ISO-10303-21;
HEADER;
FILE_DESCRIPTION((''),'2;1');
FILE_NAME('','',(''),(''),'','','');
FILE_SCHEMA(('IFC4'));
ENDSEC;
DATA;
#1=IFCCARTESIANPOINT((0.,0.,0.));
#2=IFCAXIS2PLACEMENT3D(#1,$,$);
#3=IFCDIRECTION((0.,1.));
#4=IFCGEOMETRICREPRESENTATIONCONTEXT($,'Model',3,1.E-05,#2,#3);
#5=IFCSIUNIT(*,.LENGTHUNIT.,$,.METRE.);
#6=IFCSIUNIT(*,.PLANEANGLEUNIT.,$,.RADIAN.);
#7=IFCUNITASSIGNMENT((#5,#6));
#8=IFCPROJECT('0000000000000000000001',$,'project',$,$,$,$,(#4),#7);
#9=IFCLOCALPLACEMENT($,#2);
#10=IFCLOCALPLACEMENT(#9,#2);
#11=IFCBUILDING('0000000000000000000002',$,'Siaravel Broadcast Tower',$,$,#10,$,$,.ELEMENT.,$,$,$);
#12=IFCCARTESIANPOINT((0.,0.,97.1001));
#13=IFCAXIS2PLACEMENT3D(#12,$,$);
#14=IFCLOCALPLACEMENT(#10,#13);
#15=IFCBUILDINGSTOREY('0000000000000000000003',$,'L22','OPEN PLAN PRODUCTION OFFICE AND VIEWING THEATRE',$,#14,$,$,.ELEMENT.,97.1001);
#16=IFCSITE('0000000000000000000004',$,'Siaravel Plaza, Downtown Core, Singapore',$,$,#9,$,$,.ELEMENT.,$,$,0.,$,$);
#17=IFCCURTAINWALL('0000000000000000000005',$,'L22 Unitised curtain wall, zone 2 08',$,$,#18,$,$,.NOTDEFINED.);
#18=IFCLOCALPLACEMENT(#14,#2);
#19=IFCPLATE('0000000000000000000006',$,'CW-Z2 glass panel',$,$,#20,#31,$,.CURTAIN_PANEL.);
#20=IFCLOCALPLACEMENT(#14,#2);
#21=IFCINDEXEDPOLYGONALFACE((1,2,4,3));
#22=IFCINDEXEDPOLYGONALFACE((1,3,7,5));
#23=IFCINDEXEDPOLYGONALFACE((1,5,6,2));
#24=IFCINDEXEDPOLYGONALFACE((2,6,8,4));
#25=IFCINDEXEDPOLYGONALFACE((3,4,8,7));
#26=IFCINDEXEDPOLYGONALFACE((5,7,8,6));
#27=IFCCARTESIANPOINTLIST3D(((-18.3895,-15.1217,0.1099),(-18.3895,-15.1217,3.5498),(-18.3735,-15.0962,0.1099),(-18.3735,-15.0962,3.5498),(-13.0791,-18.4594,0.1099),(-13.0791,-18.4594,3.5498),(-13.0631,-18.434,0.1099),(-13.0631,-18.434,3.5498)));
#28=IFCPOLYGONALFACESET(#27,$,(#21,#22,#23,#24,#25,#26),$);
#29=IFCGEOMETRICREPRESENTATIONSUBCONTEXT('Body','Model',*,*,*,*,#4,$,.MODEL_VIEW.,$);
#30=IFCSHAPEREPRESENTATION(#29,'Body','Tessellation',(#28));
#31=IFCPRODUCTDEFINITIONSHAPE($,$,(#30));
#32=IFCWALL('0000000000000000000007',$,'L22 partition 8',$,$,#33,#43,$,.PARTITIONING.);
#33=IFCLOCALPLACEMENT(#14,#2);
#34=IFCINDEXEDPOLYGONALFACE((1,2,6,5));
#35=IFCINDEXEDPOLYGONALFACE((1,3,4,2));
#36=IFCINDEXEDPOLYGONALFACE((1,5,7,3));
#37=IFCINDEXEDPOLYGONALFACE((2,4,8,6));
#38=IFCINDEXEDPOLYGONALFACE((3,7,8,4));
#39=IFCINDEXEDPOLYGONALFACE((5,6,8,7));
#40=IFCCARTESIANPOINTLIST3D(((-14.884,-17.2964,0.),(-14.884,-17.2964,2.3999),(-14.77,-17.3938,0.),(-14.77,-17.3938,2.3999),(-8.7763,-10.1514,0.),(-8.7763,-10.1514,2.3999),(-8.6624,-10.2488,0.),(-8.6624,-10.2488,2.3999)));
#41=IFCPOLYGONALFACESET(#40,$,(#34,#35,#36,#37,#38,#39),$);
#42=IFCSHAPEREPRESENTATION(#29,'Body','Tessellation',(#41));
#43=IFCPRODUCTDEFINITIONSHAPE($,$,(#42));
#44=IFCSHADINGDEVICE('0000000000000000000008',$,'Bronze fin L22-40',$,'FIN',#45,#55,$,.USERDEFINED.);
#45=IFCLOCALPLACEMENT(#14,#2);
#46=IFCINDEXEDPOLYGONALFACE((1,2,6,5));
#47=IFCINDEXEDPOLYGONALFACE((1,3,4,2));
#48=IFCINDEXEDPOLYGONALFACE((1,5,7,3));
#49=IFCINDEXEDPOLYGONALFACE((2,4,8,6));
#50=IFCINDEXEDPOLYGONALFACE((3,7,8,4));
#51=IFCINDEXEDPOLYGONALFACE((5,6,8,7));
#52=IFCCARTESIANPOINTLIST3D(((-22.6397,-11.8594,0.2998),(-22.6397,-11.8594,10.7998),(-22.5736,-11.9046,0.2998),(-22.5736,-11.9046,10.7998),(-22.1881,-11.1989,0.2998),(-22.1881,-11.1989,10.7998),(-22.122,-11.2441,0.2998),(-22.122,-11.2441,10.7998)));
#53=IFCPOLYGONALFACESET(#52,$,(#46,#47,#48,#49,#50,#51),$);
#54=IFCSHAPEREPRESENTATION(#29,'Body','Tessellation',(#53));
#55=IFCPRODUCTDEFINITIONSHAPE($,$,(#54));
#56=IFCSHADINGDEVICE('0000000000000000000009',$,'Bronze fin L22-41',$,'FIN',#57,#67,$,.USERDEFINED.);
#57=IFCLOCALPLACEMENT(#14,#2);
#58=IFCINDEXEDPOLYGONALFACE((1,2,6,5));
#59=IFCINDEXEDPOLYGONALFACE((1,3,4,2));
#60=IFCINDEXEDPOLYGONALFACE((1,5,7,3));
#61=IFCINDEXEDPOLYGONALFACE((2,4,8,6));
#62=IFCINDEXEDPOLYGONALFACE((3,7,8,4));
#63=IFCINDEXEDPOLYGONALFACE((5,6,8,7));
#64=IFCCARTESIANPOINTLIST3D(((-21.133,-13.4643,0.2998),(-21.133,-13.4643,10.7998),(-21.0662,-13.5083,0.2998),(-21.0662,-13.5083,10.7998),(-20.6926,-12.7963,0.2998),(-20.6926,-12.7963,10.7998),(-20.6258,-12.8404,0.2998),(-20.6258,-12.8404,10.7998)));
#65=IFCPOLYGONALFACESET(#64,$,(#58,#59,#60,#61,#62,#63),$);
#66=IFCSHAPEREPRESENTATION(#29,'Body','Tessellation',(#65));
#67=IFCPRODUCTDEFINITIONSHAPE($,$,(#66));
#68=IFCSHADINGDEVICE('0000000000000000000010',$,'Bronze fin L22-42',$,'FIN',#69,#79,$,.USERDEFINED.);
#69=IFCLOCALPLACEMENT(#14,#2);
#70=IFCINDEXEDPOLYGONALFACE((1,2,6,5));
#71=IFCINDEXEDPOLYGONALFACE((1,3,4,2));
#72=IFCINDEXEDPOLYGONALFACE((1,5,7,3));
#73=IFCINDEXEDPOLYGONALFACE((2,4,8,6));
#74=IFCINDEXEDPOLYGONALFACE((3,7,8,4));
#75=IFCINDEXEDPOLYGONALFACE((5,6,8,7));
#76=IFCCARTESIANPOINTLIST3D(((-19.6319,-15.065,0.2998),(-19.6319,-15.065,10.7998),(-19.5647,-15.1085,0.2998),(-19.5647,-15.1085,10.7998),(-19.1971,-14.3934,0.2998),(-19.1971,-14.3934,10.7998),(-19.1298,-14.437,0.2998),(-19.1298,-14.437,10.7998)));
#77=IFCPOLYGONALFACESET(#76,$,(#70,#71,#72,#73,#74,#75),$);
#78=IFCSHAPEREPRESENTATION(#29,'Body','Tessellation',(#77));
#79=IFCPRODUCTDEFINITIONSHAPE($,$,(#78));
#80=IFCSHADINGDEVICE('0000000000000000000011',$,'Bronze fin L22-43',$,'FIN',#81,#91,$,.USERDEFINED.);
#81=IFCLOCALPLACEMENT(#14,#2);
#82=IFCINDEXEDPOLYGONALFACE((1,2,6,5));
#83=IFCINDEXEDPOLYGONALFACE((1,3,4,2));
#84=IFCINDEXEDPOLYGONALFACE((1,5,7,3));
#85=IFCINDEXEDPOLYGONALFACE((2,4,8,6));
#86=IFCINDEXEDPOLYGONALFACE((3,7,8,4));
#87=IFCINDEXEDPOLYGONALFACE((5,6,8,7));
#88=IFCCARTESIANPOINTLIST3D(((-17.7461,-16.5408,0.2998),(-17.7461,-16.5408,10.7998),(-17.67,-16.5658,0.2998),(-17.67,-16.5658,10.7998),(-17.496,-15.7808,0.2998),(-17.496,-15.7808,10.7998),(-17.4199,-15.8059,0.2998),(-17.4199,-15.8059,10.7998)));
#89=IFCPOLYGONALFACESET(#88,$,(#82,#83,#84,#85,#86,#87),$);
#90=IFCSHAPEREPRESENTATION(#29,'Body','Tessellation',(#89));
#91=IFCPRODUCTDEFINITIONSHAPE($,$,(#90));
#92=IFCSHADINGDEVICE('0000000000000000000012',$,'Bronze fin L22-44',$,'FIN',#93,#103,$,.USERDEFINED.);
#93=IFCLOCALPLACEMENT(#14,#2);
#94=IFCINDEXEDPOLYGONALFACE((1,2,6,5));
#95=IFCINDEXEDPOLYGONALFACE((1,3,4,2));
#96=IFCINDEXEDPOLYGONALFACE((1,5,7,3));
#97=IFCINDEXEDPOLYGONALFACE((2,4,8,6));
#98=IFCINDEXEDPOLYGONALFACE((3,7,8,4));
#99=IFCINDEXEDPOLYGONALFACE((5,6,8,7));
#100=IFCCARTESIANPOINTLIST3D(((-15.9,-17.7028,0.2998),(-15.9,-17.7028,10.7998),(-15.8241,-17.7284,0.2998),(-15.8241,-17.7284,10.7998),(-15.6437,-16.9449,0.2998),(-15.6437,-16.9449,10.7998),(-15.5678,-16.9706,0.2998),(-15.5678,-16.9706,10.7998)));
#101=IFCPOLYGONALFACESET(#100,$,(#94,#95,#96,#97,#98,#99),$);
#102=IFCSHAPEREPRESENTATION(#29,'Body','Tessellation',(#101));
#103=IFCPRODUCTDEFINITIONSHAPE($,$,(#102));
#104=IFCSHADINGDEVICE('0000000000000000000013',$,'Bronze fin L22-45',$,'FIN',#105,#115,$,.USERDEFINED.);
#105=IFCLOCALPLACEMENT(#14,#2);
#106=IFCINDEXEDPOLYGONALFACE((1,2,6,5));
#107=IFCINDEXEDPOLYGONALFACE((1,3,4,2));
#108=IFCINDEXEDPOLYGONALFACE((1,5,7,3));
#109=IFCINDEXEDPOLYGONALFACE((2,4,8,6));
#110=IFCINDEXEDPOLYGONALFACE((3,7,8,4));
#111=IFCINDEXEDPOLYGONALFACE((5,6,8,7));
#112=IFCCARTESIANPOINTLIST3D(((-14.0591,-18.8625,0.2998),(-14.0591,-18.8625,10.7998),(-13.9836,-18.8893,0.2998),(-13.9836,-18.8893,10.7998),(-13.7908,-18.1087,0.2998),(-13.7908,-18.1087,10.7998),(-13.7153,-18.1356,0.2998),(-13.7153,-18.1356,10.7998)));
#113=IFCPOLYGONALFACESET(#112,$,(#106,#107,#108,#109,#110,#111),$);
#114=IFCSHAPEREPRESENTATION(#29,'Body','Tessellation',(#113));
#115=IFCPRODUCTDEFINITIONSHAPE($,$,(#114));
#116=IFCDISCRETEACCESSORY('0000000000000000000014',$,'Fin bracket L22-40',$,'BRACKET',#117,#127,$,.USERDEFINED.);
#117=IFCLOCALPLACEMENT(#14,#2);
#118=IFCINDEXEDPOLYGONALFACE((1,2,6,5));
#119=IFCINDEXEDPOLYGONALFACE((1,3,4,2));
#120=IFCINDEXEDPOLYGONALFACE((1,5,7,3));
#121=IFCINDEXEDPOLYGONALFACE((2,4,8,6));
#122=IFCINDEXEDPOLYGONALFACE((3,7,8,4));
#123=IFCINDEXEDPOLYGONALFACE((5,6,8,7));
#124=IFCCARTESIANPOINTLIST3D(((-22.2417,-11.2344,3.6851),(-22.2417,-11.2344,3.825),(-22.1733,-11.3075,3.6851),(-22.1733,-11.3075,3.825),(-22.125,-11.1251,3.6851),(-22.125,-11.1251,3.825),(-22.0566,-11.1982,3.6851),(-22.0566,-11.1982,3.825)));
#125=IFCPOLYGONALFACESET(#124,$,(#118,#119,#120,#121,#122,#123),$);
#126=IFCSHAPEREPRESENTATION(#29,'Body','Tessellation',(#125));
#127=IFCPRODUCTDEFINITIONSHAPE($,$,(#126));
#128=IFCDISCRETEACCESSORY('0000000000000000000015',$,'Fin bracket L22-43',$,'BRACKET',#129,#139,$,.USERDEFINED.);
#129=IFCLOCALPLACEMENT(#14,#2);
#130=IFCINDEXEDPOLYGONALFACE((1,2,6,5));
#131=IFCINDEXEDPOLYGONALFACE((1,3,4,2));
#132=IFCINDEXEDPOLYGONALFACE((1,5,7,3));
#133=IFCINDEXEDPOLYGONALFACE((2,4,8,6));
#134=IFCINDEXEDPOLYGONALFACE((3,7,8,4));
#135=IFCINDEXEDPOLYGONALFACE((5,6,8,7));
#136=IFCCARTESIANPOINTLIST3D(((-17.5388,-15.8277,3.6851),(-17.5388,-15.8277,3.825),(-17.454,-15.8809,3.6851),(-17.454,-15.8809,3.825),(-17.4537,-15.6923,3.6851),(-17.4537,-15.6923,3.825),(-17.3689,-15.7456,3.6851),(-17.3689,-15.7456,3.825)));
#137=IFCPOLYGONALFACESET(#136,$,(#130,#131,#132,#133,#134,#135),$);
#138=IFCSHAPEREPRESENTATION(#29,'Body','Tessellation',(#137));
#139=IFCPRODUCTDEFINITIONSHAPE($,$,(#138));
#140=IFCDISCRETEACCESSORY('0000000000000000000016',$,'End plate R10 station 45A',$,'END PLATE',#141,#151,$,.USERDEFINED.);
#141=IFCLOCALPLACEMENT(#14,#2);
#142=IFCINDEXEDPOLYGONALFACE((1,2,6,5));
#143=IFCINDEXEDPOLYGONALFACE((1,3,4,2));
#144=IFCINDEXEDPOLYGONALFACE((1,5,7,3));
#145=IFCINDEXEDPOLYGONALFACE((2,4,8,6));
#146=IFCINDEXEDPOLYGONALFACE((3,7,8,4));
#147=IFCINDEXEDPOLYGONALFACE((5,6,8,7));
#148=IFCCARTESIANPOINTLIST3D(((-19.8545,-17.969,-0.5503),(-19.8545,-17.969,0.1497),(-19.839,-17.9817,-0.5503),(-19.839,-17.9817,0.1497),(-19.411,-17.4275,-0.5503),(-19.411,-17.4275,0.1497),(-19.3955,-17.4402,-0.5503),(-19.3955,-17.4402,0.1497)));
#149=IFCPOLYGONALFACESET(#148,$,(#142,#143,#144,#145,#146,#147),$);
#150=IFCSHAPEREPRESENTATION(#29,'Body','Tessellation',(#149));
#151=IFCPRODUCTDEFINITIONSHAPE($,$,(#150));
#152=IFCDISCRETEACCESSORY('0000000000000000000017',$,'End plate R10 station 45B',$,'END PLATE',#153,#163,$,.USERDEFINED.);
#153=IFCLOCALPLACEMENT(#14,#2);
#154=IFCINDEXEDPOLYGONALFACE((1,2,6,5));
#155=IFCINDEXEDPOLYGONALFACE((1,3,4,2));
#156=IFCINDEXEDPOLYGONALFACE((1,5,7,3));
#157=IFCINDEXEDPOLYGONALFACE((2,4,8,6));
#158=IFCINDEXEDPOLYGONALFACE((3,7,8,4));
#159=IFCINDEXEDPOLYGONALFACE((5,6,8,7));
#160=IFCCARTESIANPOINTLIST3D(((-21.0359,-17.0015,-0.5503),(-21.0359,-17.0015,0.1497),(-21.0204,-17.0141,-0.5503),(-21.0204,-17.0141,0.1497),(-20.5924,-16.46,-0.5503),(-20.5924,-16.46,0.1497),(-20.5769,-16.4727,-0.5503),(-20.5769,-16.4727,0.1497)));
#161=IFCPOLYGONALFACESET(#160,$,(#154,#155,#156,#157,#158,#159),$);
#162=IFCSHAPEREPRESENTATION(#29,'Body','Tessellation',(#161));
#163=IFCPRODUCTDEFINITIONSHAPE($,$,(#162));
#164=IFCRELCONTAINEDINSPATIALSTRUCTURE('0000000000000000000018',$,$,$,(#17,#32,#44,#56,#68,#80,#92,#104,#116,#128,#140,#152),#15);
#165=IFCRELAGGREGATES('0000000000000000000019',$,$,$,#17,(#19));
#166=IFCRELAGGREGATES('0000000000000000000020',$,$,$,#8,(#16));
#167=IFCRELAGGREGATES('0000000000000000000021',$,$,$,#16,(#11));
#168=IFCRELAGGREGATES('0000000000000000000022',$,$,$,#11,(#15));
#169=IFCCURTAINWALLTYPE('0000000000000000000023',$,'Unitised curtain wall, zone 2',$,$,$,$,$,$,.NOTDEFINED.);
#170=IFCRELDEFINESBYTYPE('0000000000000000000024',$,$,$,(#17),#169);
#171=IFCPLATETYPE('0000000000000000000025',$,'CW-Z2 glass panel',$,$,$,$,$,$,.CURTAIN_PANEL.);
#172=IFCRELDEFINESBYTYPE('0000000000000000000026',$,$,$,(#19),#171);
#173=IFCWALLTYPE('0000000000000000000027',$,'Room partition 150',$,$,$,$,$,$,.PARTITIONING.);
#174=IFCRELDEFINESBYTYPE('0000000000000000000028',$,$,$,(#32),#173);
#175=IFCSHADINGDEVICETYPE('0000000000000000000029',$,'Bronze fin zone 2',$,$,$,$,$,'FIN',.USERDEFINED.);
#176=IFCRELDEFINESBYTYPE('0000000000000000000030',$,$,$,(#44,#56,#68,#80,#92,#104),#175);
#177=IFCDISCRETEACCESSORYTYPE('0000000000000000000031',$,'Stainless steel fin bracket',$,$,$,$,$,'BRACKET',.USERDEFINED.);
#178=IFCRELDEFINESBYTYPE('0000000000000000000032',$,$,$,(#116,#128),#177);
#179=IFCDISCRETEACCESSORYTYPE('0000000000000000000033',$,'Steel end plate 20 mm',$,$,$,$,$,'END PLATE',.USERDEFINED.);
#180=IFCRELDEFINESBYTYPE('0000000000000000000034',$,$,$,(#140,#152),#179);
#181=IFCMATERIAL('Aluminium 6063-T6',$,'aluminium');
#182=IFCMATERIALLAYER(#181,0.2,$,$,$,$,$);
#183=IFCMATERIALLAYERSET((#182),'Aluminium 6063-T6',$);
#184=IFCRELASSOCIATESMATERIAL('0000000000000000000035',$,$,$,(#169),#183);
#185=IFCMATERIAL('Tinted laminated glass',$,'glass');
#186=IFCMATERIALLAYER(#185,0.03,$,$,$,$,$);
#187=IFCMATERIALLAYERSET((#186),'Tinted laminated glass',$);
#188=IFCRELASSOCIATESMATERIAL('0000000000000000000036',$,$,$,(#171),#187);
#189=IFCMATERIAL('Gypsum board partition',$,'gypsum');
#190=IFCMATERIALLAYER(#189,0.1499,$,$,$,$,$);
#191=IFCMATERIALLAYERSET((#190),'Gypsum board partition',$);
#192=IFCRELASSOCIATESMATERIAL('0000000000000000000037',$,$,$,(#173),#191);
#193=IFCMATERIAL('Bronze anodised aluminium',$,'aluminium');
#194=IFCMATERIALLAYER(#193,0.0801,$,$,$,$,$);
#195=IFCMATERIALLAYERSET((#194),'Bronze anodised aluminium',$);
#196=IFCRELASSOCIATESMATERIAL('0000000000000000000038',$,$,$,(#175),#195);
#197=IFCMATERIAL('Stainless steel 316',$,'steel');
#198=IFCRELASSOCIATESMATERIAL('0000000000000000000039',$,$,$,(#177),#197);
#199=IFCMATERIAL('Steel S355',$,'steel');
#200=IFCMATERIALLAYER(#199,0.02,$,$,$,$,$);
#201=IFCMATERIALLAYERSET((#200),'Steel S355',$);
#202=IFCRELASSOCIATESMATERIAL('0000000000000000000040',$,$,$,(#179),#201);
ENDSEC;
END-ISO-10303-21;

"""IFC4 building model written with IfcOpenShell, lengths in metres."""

from ifc_helpers import new_model, si_unit, direction, frame, frame_2d, origin, origin_2d, place, context, subcontext, project, spatial, rectangle, extrude, material, layer, layer_set, type_object, element, aggregate, save


model = new_model("IFC4")

# Units and contexts
model_context = context("Model", 3, precision=1e-05, world=origin(), true_north=direction((0.0, 1.0)))
body_context = subcontext(model_context, "Body", "Model", "MODEL_VIEW")
ifc_project = project(units=[si_unit("LENGTHUNIT", "METRE"), si_unit("PLANEANGLEUNIT", "RADIAN")], contexts=[model_context])

# Site, building, storey
site_placement = place(None, origin())
site = spatial("IfcSite", under=ifc_project, at=site_placement, Name="Siaravel Plaza, Downtown Core, Singapore", CompositionType="ELEMENT", RefElevation=0.0)
building_placement = place(site_placement, origin())
building = spatial("IfcBuilding", under=site, at=building_placement, Name="Siaravel Broadcast Tower", CompositionType="ELEMENT")
storey_placement = place(building_placement, frame((0.0, 0.0, 97.1001)))
storey = spatial("IfcBuildingStorey", under=building, at=storey_placement, Name="L22", Description="OPEN PLAN PRODUCTION OFFICE AND VIEWING THEATRE", CompositionType="ELEMENT", Elevation=97.1001)

# Shared definitions
ifc_material_1 = material(Name="Steel S355", Category="steel")

# Shared definitions
ifc_material_2 = material(Name="Aluminium 6063-T6", Category="aluminium")
ifc_layer_1 = layer(ifc_material_2, 0.2)
ifc_layer_set_1 = layer_set([ifc_layer_1], Name="Aluminium 6063-T6")
curtain_wall_type = type_object("IfcCurtainWallType", Name="Unitised curtain wall, zone 2", PredefinedType="NOTDEFINED", material=ifc_layer_set_1)

# Curtain wall
curtain_wall_1_placement = place(storey_placement, origin())
curtain_wall_1 = element("IfcCurtainWall", 1, at=curtain_wall_1_placement, inside=storey, type_object=curtain_wall_type, Name="L22 Unitised curtain wall, zone 2 08", PredefinedType="NOTDEFINED")

# Plate
ifc_material_3 = material(Name="Tinted laminated glass", Category="glass")
ifc_layer_2 = layer(ifc_material_3, 0.03)
ifc_layer_set_2 = layer_set([ifc_layer_2], Name="Tinted laminated glass")
plate_type = type_object("IfcPlateType", Name="CW-Z2 glass panel", PredefinedType="CURTAIN_PANEL", material=ifc_layer_set_2)
plate_1_placement = place(storey_placement, frame((-15.7263, -16.7778, 0.1099), z_axis=(0.0, 0.0, 1.0), x_axis=(0.846651, -0.532149, 0.0)))
plate_1 = element("IfcPlate", 2, at=plate_1_placement, type_object=plate_type, Name="CW-Z2 glass panel", PredefinedType="CURTAIN_PANEL", context=body_context, shape_type="SweptSolid", body=[
    extrude(rectangle(XDim=6.2722, YDim=0.03, at=origin_2d()), origin(), (0.0, 0.0, 1.0), 3.4399),
])
aggregate(curtain_wall_1, [plate_1])

# Wall
ifc_material_4 = material(Name="Gypsum board partition", Category="gypsum")
ifc_layer_3 = layer(ifc_material_4, 0.1499)
ifc_layer_set_3 = layer_set([ifc_layer_3], Name="Gypsum board partition")
wall_type = type_object("IfcWallType", Name="Room partition 150", PredefinedType="PARTITIONING", material=ifc_layer_set_3)
wall_placement = place(storey_placement, frame((-14.8269, -17.345, 0.0), z_axis=(0.0, 0.0, 1.0), x_axis=(0.64977, 0.76013, 0.0)))
element("IfcWall", 3, at=wall_placement, inside=storey, type_object=wall_type, Name="L22 partition 8", PredefinedType="PARTITIONING", context=body_context, shape_type="SweptSolid", body=[
    extrude(rectangle(XDim=9.3997, YDim=0.1499, at=frame_2d((4.6997, 0.0))), origin(), (0.0, 0.0, 1.0), 2.3999),
])

# Shading devices
ifc_material_5 = material(Name="Bronze anodised aluminium", Category="aluminium")
ifc_layer_4 = layer(ifc_material_5, 0.0801)
ifc_layer_set_4 = layer_set([ifc_layer_4], Name="Bronze anodised aluminium")
shading_device_type = type_object("IfcShadingDeviceType", Name="Bronze fin zone 2", ElementType="FIN", PredefinedType="USERDEFINED", material=ifc_layer_set_4)
for number, where, z_axis, x_axis, name in (
    (4, (-22.3809, -11.5518, 0.2998), (0.0, 0.0, 1.0), (-0.564376, -0.825518, 0.0), "Bronze fin L22-40"),
    (5, (-20.8794, -13.1523, 0.2998), (0.0, 0.0, 1.0), (-0.550466, -0.834857, 0.0), "Bronze fin L22-41"),
    (6, (-19.3809, -14.751, 0.2998), (0.0, 0.0, 1.0), (-0.543492, -0.839414, 0.0), "Bronze fin L22-42"),
    (7, (-17.583, -16.1733, 0.2998), (0.0, 0.0, 1.0), (-0.312613, -0.94988, 0.0), "Bronze fin L22-43"),
    (8, (-15.7339, -17.3367, 0.2998), (0.0, 0.0, 1.0), (-0.320393, -0.947285, 0.0), "Bronze fin L22-44"),
    (9, (-13.8872, -18.499, 0.2998), (0.0, 0.0, 1.0), (-0.335327, -0.942102, 0.0), "Bronze fin L22-45"),
):
    element("IfcShadingDevice", number, at=place(storey_placement, frame(where, z_axis=z_axis, x_axis=x_axis)), inside=storey, type_object=shading_device_type, Name=name, ObjectType="FIN", PredefinedType="USERDEFINED", context=body_context, shape_type="SweptSolid", body=[
        extrude(rectangle(XDim=0.8, YDim=0.0801, at=origin_2d()), origin(), (0.0, 0.0, 1.0), 10.5),
    ])

# Discrete accessories
ifc_material_6 = material(Name="Stainless steel 316", Category="steel")
discrete_accessory_type_1 = type_object("IfcDiscreteAccessoryType", Name="Stainless steel fin bracket", ElementType="BRACKET", PredefinedType="USERDEFINED", material=ifc_material_6)
for number, where, z_axis, x_axis, name in (
    (10, (-22.1492, -11.2163, 3.6851), (0.0, 0.0, 1.0), (-0.729804, -0.683656, 0.0), "Fin bracket L22-40"),
    (11, (-17.4539, -15.7866, 3.6851), (0.0, 0.0, 1.0), (-0.532149, -0.84665, 0.0), "Fin bracket L22-43"),
):
    element("IfcDiscreteAccessory", number, at=place(storey_placement, frame(where, z_axis=z_axis, x_axis=x_axis)), inside=storey, type_object=discrete_accessory_type_1, Name=name, ObjectType="BRACKET", PredefinedType="USERDEFINED", context=body_context, shape_type="SweptSolid", body=[
        extrude(rectangle(XDim=0.1599, YDim=0.1001, at=origin_2d()), origin(), (0.0, 0.0, 1.0), 0.1399),
    ])
ifc_layer_5 = layer(ifc_material_1, 0.02)
ifc_layer_set_5 = layer_set([ifc_layer_5], Name="Steel S355")
discrete_accessory_type_2 = type_object("IfcDiscreteAccessoryType", Name="Steel end plate 20 mm", ElementType="END PLATE", PredefinedType="USERDEFINED", material=ifc_layer_set_5)
for number, where, z_axis, x_axis, name in (
    (12, (-19.625, -17.7046, -0.5503), (0.0, 0.0, 1.0), (0.773605, -0.633669, 0.0), "End plate R10 station 45A"),
    (13, (-20.8064, -16.7371, -0.5503), (0.0, 0.0, 1.0), (0.773605, -0.633669, 0.0), "End plate R10 station 45B"),
):
    element("IfcDiscreteAccessory", number, at=place(storey_placement, frame(where, z_axis=z_axis, x_axis=x_axis)), inside=storey, type_object=discrete_accessory_type_2, Name=name, ObjectType="END PLATE", PredefinedType="USERDEFINED", context=body_context, shape_type="SweptSolid", body=[
        extrude(rectangle(XDim=0.02, YDim=0.7, at=origin_2d()), origin(), (0.0, 0.0, 1.0), 0.7),
    ])

save(model, "model.ifc")
